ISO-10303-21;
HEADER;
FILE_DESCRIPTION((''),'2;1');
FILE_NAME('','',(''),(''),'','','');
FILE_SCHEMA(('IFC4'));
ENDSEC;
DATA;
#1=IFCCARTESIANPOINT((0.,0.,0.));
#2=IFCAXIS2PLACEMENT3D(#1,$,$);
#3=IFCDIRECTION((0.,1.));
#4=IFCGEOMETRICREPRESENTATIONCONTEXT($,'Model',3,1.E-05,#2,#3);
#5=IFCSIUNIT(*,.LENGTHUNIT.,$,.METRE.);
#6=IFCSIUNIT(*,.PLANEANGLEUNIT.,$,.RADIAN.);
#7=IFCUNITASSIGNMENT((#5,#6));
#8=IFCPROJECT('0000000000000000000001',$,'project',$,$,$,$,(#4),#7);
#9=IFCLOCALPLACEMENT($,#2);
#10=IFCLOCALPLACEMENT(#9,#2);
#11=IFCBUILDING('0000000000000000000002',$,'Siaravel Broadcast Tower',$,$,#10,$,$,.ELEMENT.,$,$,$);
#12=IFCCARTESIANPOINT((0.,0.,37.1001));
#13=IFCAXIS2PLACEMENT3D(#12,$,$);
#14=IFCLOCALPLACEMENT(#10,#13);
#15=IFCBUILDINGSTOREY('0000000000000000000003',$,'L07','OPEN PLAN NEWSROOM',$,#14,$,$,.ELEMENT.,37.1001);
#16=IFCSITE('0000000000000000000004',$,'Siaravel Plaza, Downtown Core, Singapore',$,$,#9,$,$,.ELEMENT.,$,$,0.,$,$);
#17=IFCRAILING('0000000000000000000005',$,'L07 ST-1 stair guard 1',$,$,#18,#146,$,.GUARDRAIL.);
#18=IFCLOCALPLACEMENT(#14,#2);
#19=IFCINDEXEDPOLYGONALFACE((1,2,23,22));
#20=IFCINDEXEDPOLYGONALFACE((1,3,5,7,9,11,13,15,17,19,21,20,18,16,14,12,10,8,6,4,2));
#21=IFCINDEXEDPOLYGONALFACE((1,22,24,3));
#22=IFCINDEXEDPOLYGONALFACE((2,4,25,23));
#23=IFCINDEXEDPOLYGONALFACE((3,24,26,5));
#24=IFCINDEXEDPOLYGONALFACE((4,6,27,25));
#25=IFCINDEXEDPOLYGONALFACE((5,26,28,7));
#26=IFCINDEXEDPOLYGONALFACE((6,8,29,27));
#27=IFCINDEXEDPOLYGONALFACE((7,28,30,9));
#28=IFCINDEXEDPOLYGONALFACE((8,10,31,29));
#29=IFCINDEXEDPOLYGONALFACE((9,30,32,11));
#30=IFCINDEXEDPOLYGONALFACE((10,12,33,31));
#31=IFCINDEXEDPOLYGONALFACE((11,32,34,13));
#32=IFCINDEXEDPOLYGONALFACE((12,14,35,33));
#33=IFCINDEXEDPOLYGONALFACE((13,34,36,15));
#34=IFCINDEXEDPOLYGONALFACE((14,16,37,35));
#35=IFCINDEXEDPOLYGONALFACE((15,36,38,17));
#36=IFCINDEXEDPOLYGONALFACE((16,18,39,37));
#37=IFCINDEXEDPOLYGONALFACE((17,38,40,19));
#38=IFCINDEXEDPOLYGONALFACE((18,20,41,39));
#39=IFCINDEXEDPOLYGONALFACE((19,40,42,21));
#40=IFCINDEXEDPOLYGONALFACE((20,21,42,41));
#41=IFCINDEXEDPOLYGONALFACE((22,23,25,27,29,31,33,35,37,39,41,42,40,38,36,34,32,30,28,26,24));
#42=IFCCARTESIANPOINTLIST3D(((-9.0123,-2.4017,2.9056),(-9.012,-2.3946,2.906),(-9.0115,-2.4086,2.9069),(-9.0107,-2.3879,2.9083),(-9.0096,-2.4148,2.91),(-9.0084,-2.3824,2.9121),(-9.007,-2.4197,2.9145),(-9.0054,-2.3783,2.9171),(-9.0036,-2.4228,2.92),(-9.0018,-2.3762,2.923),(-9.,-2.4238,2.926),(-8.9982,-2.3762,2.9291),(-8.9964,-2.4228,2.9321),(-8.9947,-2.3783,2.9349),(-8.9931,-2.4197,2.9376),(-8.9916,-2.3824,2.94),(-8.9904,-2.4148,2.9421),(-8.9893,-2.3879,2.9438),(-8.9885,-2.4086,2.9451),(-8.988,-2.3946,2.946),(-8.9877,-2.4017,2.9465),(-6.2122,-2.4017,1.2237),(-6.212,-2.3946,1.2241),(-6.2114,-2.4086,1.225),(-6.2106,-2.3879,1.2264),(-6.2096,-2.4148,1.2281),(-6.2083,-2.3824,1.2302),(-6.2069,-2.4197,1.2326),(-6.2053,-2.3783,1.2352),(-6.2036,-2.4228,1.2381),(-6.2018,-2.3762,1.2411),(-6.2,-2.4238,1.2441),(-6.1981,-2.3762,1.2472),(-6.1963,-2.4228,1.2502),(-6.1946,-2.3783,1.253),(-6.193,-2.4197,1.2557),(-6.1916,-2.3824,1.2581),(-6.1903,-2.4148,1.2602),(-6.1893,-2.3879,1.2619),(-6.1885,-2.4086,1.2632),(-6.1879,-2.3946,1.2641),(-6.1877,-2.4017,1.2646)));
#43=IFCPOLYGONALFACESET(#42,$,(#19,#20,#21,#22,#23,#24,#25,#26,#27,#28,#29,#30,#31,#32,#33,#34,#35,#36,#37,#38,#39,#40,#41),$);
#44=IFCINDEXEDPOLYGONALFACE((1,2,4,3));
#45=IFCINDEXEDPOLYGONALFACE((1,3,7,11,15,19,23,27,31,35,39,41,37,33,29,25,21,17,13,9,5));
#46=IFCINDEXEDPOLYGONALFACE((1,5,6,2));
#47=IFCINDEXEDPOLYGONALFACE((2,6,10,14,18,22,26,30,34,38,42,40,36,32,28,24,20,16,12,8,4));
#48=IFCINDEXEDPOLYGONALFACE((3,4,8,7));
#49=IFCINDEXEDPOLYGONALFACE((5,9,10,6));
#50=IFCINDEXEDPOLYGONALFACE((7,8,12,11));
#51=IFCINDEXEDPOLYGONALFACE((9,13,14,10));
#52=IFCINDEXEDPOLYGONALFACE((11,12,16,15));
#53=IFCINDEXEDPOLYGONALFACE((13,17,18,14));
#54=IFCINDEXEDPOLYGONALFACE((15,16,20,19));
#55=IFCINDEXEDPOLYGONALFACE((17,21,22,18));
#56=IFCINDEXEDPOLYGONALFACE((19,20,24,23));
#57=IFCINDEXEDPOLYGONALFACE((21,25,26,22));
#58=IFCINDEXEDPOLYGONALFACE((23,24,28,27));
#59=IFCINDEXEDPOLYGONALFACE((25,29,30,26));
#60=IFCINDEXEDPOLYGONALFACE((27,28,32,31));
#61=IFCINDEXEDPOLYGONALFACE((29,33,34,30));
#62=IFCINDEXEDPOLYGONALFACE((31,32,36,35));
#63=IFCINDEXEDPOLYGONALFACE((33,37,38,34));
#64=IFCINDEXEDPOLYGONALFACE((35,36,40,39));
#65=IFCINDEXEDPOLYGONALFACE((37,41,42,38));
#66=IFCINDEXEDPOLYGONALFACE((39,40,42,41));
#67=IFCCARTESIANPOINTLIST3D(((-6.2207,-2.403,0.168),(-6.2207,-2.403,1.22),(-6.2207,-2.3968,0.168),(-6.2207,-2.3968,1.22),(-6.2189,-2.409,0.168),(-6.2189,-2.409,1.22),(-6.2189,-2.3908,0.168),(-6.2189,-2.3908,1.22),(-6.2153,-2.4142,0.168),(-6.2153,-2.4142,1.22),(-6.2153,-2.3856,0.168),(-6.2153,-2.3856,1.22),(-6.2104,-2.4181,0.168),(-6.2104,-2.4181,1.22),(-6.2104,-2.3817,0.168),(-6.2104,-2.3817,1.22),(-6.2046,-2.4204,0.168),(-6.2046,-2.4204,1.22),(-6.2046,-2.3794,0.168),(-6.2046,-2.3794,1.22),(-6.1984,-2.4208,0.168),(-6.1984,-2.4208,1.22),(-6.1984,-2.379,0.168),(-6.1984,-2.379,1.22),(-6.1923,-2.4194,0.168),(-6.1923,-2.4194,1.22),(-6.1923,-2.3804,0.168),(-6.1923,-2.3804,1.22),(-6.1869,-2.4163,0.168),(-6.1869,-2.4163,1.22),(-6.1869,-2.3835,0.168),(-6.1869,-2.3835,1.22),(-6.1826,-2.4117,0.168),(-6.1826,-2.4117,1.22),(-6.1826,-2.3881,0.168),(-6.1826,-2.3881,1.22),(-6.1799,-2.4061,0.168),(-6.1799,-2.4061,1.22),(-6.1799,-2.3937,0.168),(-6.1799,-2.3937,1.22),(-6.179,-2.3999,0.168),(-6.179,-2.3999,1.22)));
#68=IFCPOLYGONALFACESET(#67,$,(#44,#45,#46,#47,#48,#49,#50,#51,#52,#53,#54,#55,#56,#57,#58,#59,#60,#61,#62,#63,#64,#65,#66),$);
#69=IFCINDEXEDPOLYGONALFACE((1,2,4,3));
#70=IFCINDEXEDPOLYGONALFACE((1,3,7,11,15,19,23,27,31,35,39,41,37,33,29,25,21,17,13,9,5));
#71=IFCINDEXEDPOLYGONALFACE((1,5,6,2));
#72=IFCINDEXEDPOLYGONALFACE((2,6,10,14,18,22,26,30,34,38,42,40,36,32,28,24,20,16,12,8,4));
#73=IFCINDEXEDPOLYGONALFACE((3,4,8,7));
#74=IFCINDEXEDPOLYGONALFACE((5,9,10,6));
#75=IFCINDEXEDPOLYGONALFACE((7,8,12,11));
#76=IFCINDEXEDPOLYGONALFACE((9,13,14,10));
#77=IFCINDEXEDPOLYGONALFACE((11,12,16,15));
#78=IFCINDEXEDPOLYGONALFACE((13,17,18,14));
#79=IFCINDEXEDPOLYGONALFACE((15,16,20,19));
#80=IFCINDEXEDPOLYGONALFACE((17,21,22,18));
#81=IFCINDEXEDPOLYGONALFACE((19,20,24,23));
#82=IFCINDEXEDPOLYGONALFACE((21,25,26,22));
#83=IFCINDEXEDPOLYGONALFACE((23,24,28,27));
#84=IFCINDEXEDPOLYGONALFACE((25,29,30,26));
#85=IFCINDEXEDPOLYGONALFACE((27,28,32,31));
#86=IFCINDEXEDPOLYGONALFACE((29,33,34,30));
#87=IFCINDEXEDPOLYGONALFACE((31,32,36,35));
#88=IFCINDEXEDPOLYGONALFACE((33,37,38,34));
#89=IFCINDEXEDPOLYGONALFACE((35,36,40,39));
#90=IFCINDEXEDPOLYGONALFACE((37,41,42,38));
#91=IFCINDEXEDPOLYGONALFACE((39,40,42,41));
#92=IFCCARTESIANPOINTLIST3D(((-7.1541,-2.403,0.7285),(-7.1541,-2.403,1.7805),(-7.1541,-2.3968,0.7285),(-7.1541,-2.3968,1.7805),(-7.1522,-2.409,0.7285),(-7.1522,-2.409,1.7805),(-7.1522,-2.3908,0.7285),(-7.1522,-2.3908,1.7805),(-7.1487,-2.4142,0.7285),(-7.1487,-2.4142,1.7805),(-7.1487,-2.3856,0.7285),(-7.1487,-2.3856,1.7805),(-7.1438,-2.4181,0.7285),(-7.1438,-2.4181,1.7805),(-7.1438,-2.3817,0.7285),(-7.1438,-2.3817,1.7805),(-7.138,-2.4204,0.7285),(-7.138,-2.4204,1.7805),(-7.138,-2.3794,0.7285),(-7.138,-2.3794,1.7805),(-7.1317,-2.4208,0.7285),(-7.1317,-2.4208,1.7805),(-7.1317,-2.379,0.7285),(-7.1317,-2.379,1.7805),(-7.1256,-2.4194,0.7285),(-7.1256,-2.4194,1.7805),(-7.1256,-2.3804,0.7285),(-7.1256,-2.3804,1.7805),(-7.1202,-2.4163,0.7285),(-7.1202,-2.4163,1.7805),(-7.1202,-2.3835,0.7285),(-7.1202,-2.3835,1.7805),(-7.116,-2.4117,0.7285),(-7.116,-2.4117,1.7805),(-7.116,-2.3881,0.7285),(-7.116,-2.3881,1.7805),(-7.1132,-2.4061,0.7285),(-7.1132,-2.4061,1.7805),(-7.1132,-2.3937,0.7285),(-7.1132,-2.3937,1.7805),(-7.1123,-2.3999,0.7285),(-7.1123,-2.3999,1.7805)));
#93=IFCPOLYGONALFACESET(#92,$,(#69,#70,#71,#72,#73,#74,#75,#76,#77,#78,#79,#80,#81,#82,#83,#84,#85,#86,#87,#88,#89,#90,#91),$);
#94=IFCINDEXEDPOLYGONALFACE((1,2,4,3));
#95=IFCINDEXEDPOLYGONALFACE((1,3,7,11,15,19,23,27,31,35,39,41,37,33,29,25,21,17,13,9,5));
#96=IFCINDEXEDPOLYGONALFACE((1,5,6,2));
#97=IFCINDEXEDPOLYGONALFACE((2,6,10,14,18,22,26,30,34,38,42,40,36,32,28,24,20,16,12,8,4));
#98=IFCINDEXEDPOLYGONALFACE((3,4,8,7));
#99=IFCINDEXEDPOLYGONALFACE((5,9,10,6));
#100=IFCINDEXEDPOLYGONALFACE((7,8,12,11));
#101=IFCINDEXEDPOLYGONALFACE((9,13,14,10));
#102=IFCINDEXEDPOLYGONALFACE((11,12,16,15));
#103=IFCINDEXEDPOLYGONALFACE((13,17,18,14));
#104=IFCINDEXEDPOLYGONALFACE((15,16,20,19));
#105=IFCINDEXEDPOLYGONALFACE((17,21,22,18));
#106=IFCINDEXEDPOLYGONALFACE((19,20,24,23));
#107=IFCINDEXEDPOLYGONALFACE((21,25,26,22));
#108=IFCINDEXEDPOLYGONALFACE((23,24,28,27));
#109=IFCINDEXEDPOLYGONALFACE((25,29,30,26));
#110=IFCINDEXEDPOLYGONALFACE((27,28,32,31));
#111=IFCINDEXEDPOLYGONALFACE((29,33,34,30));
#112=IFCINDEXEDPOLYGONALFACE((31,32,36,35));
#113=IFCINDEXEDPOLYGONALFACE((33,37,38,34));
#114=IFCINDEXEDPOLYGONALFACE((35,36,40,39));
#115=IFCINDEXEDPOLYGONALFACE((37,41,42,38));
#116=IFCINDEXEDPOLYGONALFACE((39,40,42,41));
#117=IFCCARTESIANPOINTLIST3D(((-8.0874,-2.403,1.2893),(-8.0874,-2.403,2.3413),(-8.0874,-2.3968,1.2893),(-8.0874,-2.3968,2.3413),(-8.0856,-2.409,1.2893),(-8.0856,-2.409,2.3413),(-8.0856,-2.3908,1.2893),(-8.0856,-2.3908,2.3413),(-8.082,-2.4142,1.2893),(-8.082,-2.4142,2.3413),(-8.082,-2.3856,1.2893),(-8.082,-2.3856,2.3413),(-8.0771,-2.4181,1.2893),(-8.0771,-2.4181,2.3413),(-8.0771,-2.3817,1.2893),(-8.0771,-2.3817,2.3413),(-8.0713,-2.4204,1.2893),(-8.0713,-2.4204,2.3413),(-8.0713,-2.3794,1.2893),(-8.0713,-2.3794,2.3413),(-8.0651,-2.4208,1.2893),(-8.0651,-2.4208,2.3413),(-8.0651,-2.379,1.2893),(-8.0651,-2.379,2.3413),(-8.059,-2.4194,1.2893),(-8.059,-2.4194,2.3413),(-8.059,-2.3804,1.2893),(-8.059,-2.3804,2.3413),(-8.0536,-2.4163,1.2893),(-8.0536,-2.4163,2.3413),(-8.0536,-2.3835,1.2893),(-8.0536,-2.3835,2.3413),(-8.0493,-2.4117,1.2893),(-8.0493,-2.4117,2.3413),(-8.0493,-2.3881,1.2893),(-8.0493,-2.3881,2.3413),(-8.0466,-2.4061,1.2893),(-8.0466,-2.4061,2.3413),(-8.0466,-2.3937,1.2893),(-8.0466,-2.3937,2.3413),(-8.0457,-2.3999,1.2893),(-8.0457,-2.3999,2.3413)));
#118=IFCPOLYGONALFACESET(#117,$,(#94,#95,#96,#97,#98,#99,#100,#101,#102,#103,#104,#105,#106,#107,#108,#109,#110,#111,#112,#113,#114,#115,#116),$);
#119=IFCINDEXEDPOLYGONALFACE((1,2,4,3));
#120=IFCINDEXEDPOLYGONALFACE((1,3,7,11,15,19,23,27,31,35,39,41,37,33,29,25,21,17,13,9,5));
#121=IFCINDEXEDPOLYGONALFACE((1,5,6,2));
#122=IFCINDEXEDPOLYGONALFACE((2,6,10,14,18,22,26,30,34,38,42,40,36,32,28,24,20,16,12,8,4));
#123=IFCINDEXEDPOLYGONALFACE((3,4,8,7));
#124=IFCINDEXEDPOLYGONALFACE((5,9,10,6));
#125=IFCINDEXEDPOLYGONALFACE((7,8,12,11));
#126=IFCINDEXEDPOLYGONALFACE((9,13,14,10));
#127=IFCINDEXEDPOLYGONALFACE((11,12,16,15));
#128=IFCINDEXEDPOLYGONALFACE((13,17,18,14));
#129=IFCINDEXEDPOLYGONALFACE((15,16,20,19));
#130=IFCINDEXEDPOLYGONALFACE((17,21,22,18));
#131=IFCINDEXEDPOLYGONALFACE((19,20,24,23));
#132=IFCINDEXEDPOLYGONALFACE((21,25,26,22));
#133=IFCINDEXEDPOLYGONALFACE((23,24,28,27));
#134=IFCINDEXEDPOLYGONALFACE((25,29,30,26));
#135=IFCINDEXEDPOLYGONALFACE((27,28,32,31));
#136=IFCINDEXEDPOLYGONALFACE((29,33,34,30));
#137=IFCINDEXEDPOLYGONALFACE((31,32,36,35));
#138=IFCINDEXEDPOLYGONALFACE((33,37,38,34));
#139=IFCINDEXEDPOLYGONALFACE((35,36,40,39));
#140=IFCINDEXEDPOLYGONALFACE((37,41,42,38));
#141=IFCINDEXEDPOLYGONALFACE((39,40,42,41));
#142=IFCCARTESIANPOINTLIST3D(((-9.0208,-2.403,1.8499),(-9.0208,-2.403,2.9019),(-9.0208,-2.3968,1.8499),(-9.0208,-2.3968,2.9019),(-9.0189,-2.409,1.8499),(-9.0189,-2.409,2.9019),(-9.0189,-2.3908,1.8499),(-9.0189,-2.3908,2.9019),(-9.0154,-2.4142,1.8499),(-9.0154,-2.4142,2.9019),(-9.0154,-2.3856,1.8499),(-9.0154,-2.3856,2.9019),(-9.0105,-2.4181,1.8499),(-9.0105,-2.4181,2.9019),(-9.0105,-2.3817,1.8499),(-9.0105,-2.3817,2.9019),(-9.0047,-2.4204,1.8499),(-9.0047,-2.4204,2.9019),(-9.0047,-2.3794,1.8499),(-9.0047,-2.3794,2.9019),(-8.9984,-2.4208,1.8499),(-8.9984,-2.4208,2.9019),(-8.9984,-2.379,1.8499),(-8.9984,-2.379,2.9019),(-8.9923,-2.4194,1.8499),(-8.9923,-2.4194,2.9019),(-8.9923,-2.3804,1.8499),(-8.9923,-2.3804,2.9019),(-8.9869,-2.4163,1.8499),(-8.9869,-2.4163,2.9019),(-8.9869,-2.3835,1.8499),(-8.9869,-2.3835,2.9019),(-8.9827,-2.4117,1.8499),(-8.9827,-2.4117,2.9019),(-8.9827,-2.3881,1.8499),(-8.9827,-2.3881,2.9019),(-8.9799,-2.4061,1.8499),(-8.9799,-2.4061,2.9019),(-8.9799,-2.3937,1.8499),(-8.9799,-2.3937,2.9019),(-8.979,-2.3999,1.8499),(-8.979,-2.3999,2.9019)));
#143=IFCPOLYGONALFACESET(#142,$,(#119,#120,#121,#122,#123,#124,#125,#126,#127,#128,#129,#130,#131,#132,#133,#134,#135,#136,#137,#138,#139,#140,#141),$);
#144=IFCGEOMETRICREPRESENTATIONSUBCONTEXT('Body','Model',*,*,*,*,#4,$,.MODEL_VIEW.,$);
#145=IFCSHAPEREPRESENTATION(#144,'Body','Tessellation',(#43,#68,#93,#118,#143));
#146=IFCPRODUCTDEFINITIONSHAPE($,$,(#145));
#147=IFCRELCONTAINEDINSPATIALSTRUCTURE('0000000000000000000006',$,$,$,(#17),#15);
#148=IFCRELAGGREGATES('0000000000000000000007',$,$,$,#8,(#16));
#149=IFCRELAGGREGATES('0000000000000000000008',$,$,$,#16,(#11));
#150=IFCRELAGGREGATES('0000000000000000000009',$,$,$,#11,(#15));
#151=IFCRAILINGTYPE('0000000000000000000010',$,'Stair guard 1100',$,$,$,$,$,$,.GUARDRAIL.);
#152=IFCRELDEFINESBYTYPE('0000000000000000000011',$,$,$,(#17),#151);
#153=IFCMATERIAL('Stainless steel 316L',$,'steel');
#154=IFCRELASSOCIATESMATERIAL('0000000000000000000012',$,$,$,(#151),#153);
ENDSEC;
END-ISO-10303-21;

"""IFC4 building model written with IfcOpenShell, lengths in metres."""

from ifc_helpers import new_model, si_unit, direction, frame, origin, origin_2d, place, context, subcontext, project, spatial, circle, extrude, material, type_object, element, save


model = new_model("IFC4")

# Units and contexts
model_context = context("Model", 3, precision=1e-05, world=origin(), true_north=direction((0.0, 1.0)))
body_context = subcontext(model_context, "Body", "Model", "MODEL_VIEW")
ifc_project = project(units=[si_unit("LENGTHUNIT", "METRE"), si_unit("PLANEANGLEUNIT", "RADIAN")], contexts=[model_context])

# Site, building, storey
site_placement = place(None, origin())
site = spatial("IfcSite", under=ifc_project, at=site_placement, Name="Siaravel Plaza, Downtown Core, Singapore", CompositionType="ELEMENT", RefElevation=0.0)
building_placement = place(site_placement, origin())
building = spatial("IfcBuilding", under=site, at=building_placement, Name="Siaravel Broadcast Tower", CompositionType="ELEMENT")
storey_placement = place(building_placement, frame((0.0, 0.0, 37.1001)))
storey = spatial("IfcBuildingStorey", under=building, at=storey_placement, Name="L07", Description="OPEN PLAN NEWSROOM", CompositionType="ELEMENT", Elevation=37.1001)

# Shared definitions
ifc_material_1 = material(Name="Stainless steel 316L", Category="steel")

# Railing
railing_type_1 = type_object("IfcRailingType", Name="Stair guard 1100", PredefinedType="GUARDRAIL", material=ifc_material_1)
railing_1_placement = place(storey_placement, frame((-6.2, -2.3999, 0.168)))
element("IfcRailing", 1, at=railing_1_placement, inside=storey, type_object=railing_type_1, Name="L07 ST-1 stair guard 1", PredefinedType="GUARDRAIL", context=body_context, shape_type="SweptSolid", body=[
    extrude(circle(Radius=0.0239, at=origin_2d()), frame((0.0, 0.0, 1.0762), z_axis=(-0.857242, 0.0, 0.514913), x_axis=(0.0, -1.0, 0.0)), (0.0, 0.0, 1.0), 3.2664),
    extrude(circle(Radius=0.021, at=origin_2d()), origin(), (0.0, 0.0, 1.0), 1.052),
    extrude(circle(Radius=0.021, at=origin_2d()), frame((-0.9333, 0.0, 0.5605)), (0.0, 0.0, 1.0), 1.052),
    extrude(circle(Radius=0.021, at=origin_2d()), frame((-1.8667, 0.0, 1.1213)), (0.0, 0.0, 1.0), 1.052),
    extrude(circle(Radius=0.021, at=origin_2d()), frame((-2.8, 0.0, 1.6819)), (0.0, 0.0, 1.0), 1.052),
])

save(model, "model.ifc")
